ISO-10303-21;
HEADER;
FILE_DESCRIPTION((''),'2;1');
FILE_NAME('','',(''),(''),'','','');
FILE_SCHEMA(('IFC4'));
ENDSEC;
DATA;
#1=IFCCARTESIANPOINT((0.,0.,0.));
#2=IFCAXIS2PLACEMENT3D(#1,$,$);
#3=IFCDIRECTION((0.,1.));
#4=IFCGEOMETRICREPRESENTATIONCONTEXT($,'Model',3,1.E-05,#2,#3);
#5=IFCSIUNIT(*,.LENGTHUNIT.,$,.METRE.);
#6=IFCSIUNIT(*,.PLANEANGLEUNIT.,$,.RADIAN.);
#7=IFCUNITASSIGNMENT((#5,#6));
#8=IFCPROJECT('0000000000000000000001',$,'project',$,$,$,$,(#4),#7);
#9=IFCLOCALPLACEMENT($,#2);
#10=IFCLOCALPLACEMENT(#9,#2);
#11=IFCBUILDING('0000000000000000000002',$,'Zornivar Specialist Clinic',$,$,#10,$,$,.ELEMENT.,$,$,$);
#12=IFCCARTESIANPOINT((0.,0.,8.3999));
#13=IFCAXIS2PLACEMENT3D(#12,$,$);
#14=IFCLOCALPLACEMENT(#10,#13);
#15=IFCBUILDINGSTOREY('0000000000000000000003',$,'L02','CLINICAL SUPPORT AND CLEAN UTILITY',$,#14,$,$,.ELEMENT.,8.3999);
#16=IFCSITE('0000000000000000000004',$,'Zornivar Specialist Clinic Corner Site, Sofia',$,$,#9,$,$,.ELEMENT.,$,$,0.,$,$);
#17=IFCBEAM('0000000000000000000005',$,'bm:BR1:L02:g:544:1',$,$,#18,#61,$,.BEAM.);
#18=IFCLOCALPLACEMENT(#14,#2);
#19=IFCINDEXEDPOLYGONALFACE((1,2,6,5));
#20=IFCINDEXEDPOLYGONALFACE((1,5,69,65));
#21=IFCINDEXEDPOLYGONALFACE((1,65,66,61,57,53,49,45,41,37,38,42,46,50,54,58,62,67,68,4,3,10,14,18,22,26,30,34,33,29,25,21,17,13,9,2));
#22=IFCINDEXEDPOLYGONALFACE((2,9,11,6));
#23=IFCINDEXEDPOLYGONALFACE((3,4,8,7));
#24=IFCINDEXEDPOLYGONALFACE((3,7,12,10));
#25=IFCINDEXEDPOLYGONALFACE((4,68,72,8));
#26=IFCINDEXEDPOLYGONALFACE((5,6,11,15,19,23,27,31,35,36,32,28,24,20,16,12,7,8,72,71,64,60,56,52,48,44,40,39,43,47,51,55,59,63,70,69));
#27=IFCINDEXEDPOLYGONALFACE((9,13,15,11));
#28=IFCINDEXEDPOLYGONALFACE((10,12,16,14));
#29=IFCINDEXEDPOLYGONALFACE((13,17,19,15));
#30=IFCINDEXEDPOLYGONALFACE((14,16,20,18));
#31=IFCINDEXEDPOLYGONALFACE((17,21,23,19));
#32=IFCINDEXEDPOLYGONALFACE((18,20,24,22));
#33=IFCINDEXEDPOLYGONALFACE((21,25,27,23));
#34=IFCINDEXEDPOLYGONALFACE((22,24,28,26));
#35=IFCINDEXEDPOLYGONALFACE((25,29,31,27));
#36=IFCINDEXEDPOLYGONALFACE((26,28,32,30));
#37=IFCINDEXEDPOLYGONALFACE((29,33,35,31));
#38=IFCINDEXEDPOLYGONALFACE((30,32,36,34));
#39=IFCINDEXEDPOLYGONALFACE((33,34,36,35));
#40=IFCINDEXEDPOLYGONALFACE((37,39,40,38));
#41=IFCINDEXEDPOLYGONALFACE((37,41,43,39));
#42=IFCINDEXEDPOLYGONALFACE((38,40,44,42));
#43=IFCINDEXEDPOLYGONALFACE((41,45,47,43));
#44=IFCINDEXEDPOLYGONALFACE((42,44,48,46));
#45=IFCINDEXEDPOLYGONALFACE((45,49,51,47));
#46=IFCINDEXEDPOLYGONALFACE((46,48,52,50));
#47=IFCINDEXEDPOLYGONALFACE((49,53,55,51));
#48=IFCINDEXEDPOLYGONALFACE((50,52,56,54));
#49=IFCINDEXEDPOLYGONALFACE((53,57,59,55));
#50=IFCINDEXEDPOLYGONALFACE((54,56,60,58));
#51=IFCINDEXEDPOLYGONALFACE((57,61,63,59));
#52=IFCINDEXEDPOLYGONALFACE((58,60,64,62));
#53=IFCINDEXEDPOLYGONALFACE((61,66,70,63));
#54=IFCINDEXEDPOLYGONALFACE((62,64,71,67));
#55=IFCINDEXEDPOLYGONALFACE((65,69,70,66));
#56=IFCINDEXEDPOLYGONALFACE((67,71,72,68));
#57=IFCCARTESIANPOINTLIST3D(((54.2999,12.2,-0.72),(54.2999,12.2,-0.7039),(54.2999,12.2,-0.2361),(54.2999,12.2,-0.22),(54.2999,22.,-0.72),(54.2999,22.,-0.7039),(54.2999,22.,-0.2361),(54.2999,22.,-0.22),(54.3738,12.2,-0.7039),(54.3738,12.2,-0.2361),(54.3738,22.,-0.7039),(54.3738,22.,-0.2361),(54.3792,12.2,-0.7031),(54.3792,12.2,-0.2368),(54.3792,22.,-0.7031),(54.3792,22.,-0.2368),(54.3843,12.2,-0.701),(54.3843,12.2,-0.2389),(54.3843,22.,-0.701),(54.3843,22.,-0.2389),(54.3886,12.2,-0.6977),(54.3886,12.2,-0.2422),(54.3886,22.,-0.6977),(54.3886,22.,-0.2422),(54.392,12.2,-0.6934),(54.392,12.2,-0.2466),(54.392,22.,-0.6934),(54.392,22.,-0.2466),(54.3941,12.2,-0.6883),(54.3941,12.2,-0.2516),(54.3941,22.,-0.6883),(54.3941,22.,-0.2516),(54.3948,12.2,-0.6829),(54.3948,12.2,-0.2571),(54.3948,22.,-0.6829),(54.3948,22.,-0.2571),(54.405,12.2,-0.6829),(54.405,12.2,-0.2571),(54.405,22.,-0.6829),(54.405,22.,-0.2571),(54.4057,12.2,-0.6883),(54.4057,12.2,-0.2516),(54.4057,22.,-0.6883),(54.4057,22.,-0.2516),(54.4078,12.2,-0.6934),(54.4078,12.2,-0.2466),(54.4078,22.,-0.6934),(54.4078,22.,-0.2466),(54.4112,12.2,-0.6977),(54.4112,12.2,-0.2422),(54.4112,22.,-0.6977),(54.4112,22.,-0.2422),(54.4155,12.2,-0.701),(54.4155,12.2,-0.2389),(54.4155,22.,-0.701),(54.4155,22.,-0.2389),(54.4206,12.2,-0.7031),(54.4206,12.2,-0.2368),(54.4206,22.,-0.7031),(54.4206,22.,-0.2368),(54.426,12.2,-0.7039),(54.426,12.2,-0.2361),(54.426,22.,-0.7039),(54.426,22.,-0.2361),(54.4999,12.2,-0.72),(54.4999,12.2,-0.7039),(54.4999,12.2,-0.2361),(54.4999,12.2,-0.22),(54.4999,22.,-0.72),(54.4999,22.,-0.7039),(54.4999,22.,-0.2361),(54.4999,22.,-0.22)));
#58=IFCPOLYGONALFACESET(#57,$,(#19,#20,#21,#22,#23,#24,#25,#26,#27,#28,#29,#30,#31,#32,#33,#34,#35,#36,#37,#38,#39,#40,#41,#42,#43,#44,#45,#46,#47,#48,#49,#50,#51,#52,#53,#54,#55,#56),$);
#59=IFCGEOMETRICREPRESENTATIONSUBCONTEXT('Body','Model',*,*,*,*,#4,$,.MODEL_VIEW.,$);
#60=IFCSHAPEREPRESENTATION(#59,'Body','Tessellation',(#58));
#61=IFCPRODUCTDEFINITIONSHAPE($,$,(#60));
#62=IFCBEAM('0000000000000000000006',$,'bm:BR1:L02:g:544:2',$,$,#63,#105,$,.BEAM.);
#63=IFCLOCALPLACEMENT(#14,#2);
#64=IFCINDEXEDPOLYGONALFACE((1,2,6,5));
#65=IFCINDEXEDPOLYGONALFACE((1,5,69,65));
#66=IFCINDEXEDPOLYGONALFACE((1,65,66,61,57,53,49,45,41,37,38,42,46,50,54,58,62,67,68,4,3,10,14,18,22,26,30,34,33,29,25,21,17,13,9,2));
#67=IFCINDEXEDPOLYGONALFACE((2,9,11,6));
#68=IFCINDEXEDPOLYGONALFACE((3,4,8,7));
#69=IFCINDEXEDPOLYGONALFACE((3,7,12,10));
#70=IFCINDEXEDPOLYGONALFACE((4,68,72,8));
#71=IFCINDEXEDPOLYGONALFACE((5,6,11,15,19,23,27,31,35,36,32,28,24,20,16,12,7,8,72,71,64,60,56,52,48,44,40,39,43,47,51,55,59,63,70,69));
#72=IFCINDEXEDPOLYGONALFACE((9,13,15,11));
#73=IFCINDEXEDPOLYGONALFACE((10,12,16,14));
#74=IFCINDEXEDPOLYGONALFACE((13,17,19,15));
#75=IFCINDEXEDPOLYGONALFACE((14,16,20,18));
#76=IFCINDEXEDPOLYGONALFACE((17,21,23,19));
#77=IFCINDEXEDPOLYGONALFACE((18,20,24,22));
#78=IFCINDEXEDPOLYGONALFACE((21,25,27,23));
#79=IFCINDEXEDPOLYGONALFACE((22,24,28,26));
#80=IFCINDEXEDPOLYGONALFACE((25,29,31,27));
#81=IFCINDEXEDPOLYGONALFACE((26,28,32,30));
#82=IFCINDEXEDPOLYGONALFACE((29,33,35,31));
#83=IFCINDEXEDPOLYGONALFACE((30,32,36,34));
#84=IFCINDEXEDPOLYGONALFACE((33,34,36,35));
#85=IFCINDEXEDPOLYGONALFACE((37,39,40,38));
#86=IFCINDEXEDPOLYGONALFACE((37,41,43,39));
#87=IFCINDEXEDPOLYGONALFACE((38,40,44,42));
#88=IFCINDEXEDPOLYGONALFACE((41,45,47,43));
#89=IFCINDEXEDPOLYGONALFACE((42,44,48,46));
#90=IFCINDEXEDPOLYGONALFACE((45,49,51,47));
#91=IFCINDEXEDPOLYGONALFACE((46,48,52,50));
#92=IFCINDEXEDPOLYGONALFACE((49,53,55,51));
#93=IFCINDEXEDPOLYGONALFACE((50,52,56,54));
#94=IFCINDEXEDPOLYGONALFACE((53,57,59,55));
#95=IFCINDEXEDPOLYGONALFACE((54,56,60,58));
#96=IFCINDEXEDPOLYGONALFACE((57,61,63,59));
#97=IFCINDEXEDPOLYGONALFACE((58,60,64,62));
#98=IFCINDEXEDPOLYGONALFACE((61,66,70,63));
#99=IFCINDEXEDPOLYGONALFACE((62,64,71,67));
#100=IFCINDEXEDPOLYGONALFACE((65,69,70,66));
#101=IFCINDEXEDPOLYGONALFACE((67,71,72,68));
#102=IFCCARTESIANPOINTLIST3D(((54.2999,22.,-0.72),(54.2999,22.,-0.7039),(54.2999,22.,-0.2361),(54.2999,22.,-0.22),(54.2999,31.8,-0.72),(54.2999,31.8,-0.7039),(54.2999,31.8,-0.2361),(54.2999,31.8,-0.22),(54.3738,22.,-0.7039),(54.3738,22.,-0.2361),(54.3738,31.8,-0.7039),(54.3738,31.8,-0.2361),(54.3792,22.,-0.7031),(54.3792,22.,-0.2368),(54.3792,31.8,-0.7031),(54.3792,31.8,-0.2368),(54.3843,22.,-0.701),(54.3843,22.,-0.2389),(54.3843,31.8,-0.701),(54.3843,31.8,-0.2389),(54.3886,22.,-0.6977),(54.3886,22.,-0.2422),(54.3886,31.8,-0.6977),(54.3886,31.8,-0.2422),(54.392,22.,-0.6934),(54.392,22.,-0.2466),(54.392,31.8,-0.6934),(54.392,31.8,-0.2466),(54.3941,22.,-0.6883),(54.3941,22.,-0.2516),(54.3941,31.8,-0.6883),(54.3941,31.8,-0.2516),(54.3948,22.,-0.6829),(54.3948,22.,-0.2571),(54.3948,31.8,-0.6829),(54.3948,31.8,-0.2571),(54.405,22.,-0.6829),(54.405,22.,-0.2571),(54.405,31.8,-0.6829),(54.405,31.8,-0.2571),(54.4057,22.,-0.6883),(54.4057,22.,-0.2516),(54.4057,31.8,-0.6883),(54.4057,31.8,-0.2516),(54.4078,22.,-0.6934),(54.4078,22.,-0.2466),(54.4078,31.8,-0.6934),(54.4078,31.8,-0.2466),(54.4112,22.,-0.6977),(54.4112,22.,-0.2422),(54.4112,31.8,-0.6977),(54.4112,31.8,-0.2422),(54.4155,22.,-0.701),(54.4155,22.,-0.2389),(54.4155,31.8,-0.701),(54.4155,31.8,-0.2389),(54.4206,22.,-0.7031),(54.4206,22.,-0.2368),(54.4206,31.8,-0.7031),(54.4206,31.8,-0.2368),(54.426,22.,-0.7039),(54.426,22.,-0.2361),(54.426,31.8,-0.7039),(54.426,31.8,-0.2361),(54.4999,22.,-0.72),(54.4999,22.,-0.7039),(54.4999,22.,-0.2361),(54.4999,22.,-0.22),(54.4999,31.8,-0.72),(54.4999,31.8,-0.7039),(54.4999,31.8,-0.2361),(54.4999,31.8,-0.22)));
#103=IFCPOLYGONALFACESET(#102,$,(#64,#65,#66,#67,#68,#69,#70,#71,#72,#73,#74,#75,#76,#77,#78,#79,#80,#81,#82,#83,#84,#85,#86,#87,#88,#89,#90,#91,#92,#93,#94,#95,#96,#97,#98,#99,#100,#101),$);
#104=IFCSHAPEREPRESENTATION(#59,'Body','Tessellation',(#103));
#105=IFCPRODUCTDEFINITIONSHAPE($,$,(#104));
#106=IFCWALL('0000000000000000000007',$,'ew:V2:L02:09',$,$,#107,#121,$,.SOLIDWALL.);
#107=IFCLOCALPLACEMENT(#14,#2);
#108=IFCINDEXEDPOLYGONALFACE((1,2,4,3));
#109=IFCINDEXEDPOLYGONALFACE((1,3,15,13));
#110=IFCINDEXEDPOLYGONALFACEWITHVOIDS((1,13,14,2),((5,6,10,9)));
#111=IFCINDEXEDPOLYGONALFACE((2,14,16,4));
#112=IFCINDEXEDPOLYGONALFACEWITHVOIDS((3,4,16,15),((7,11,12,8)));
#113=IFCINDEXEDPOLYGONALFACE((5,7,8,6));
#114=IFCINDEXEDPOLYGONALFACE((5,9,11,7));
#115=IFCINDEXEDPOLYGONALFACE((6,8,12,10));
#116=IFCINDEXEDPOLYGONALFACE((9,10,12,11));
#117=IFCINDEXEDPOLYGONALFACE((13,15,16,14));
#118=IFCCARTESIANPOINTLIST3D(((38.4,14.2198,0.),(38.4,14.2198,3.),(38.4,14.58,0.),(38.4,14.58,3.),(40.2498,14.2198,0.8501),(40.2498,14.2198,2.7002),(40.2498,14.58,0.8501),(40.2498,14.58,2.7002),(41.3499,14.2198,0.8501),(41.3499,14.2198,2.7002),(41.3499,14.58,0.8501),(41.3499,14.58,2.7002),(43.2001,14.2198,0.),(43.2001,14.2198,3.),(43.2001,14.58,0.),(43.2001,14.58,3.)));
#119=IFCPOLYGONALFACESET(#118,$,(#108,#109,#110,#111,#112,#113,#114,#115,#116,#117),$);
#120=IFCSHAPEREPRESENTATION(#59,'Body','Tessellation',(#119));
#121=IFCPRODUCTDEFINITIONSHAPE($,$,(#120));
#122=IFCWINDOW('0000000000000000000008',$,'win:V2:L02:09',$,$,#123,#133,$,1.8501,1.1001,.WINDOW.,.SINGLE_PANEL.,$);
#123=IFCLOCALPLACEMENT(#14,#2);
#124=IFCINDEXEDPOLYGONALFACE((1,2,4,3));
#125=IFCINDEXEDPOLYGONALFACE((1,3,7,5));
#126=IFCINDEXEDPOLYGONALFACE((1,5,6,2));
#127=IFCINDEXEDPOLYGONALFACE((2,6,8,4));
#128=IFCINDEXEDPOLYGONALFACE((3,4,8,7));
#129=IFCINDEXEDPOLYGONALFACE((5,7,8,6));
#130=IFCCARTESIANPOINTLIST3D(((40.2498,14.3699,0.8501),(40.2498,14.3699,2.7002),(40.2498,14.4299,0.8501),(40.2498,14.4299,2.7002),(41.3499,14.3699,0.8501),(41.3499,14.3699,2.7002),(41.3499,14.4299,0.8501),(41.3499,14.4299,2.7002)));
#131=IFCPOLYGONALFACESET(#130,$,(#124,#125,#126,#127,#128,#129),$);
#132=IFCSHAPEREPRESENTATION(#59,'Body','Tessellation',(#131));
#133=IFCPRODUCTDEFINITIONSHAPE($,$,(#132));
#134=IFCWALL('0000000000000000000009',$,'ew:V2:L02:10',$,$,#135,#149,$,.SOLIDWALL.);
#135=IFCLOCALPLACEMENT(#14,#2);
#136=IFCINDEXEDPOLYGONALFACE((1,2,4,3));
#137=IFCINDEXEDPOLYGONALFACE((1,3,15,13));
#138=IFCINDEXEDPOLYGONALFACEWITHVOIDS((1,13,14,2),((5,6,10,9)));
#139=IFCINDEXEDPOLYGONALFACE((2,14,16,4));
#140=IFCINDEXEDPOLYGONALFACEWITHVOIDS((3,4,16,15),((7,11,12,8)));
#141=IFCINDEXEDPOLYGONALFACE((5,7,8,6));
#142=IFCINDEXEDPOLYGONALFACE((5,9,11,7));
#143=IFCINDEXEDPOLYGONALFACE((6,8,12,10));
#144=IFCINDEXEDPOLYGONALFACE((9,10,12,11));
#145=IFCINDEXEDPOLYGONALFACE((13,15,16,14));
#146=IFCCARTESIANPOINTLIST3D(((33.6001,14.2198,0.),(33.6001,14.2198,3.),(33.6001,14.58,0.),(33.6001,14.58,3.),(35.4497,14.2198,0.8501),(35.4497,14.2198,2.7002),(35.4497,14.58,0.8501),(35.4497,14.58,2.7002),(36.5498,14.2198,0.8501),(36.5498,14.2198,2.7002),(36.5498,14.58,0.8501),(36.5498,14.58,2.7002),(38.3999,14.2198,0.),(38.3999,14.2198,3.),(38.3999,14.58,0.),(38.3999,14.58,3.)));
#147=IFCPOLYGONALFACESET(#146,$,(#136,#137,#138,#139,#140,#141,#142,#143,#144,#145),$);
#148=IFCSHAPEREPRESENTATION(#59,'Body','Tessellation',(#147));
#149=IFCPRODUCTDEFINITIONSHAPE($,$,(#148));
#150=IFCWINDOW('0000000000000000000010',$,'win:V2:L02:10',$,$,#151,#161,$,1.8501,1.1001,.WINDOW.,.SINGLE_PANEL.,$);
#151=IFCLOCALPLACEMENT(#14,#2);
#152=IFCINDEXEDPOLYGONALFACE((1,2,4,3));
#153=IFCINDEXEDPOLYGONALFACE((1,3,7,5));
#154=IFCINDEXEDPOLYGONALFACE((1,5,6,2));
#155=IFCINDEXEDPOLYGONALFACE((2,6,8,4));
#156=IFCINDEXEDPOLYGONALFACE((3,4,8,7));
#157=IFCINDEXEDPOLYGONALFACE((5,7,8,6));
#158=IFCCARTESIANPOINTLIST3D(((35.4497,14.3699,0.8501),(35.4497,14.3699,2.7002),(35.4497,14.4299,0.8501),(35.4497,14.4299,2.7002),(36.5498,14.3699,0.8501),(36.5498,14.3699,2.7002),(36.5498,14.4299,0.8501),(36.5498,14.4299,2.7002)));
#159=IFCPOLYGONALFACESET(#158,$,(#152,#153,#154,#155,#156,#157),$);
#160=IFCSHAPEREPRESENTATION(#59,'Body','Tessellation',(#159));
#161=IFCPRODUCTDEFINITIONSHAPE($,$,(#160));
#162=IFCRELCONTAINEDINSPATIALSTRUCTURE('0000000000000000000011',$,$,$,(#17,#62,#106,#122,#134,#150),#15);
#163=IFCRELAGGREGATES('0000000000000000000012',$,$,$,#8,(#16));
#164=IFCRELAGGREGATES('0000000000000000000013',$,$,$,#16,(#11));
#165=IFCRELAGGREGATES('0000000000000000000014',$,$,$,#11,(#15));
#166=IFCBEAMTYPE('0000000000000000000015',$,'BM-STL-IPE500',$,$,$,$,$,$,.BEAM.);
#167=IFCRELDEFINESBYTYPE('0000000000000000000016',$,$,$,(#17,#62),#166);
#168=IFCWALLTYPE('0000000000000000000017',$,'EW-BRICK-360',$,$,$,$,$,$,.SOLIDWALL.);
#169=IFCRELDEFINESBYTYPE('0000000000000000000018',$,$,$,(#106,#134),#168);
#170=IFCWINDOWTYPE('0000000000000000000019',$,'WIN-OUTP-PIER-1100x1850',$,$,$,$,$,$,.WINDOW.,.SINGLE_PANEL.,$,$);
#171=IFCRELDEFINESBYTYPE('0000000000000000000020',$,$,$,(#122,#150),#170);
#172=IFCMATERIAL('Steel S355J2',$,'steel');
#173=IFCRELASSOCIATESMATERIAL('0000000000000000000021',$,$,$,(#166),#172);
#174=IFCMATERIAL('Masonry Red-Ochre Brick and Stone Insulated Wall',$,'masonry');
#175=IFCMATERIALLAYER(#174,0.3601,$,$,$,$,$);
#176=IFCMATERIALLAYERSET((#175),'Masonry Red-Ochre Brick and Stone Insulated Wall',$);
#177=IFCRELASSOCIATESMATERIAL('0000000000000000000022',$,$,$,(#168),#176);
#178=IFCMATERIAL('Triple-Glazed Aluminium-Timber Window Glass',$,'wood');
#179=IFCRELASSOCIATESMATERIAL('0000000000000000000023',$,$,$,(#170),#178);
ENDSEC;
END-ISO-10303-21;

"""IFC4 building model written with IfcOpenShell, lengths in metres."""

from ifc_helpers import new_model, si_unit, direction, frame, frame_2d, origin, origin_2d, place, context, subcontext, project, spatial, rectangle, i_section, extrude, material, layer, layer_set, material_profile, profile_set, type_object, element, fill, save


model = new_model("IFC4")

# Units and contexts
model_context = context("Model", 3, precision=1e-05, world=origin(), true_north=direction((0.0, 1.0)))
body_context = subcontext(model_context, "Body", "Model", "MODEL_VIEW")
ifc_project = project(units=[si_unit("LENGTHUNIT", "METRE"), si_unit("PLANEANGLEUNIT", "RADIAN")], contexts=[model_context])

# Site, building, storey
site_placement = place(None, origin())
site = spatial("IfcSite", under=ifc_project, at=site_placement, Name="Zornivar Specialist Clinic Corner Site, Sofia", CompositionType="ELEMENT", RefElevation=0.0)
building_placement = place(site_placement, origin())
building = spatial("IfcBuilding", under=site, at=building_placement, Name="Zornivar Specialist Clinic", CompositionType="ELEMENT")
storey_placement = place(building_placement, frame((0.0, 0.0, 8.3999)))
storey = spatial("IfcBuildingStorey", under=building, at=storey_placement, Name="L02", Description="CLINICAL SUPPORT AND CLEAN UTILITY", CompositionType="ELEMENT", Elevation=8.3999)

# Beams
ifc_material_1 = material(Name="Steel S355J2", Category="steel")
ifc_material_profile_1 = material_profile(ifc_material_1, i_section(OverallWidth=0.2, OverallDepth=0.5, WebThickness=0.0103, FlangeThickness=0.0161, FilletRadius=0.021, at=origin_2d()), Name="IPE 500")
ifc_profile_set_1 = profile_set([ifc_material_profile_1], Name="Steel S355J2")
beam_type_1 = type_object("IfcBeamType", Name="BM-STL-IPE500", PredefinedType="BEAM", material=ifc_profile_set_1)
for number, where, z_axis, x_axis, name in (
    (1, (54.3999, 12.2, -0.47), (0.0, 1.0, 0.0), (-1.0, 0.0, 0.0), "bm:BR1:L02:g:544:1"),
    (2, (54.3999, 22.0, -0.47), (0.0, 1.0, 0.0), (-1.0, 0.0, 0.0), "bm:BR1:L02:g:544:2"),
):
    element("IfcBeam", number, at=place(storey_placement, frame(where, z_axis=z_axis, x_axis=x_axis)), inside=storey, type_object=beam_type_1, Name=name, PredefinedType="BEAM", context=body_context, shape_type="SweptSolid", body=[
        extrude(i_section(OverallWidth=0.2, OverallDepth=0.5, WebThickness=0.0103, FlangeThickness=0.0161, FilletRadius=0.021, at=origin_2d()), origin(), (0.0, 0.0, 1.0), 9.8),
    ])

# Walls, openings, windows
ifc_material_2 = material(Name="Masonry Red-Ochre Brick and Stone Insulated Wall", Category="masonry")
ifc_layer_1 = layer(ifc_material_2, 0.3601)
ifc_layer_set_1 = layer_set([ifc_layer_1], Name="Masonry Red-Ochre Brick and Stone Insulated Wall")
wall_type_1 = type_object("IfcWallType", Name="EW-BRICK-360", PredefinedType="SOLIDWALL", material=ifc_layer_set_1)
wall_1_placement = place(storey_placement, frame((43.2, 14.3999, 0.0), z_axis=(0.0, 0.0, 1.0), x_axis=(-1.0, 0.0, 0.0)))
wall_1 = element("IfcWall", 3, at=wall_1_placement, inside=storey, type_object=wall_type_1, Name="ew:V2:L02:09", PredefinedType="SOLIDWALL", context=body_context, shape_type="SweptSolid", body=[
    extrude(rectangle(XDim=4.8, YDim=0.3601, at=frame_2d((2.3999, 0.0))), origin(), (0.0, 0.0, 1.0), 3.0),
])
opening_1_placement = place(wall_1_placement, frame((1.8501, 0.0, 0.8501)))
opening_1 = element("IfcOpeningElement", 4, at=opening_1_placement, cuts=wall_1, PredefinedType="OPENING", context=body_context, shape_type="SweptSolid", body=[
    extrude(rectangle(XDim=1.1001, YDim=1.8501, at=frame_2d((0.55, 0.925))), frame((0.0, 0.1899, 0.0), z_axis=(0.0, -1.0, 0.0), x_axis=(1.0, 0.0, 0.0)), (0.0, 0.0, 1.0), 0.3801),
])
ifc_material_3 = material(Name="Triple-Glazed Aluminium-Timber Window Glass", Category="wood")
window_type_1 = type_object("IfcWindowType", Name="WIN-OUTP-PIER-1100x1850", PartitioningType="SINGLE_PANEL", PredefinedType="WINDOW", material=ifc_material_3)
window_1_placement = place(opening_1_placement, origin())
window_1 = element("IfcWindow", 5, at=window_1_placement, inside=storey, type_object=window_type_1, Name="win:V2:L02:09", OverallHeight=1.8501, OverallWidth=1.1001, PartitioningType="SINGLE_PANEL", PredefinedType="WINDOW", context=body_context, shape_type="SweptSolid", body=[
    extrude(rectangle(XDim=1.1001, YDim=1.8501, at=frame_2d((0.55, 0.925))), frame((0.0, 0.03, 0.0), z_axis=(0.0, -1.0, 0.0), x_axis=(1.0, 0.0, 0.0)), (0.0, 0.0, 1.0), 0.0601),
])
fill(opening_1, window_1)
wall_2_placement = place(storey_placement, frame((38.3999, 14.3999, 0.0), z_axis=(0.0, 0.0, 1.0), x_axis=(-1.0, 0.0, 0.0)))
wall_2 = element("IfcWall", 6, at=wall_2_placement, inside=storey, type_object=wall_type_1, Name="ew:V2:L02:10", PredefinedType="SOLIDWALL", context=body_context, shape_type="SweptSolid", body=[
    extrude(rectangle(XDim=4.7998, YDim=0.3601, at=frame_2d((2.3999, 0.0))), origin(), (0.0, 0.0, 1.0), 3.0),
])
opening_2_placement = place(wall_2_placement, frame((1.8501, 0.0, 0.8501)))
opening_2 = element("IfcOpeningElement", 7, at=opening_2_placement, cuts=wall_2, PredefinedType="OPENING", context=body_context, shape_type="SweptSolid", body=[
    extrude(rectangle(XDim=1.1001, YDim=1.8501, at=frame_2d((0.55, 0.925))), frame((0.0, 0.1899, 0.0), z_axis=(0.0, -1.0, 0.0), x_axis=(1.0, 0.0, 0.0)), (0.0, 0.0, 1.0), 0.3801),
])
window_2_placement = place(opening_2_placement, origin())
window_2 = element("IfcWindow", 8, at=window_2_placement, inside=storey, type_object=window_type_1, Name="win:V2:L02:10", OverallHeight=1.8501, OverallWidth=1.1001, PartitioningType="SINGLE_PANEL", PredefinedType="WINDOW", context=body_context, shape_type="SweptSolid", body=[
    extrude(rectangle(XDim=1.1001, YDim=1.8501, at=frame_2d((0.55, 0.925))), frame((0.0, 0.03, 0.0), z_axis=(0.0, -1.0, 0.0), x_axis=(1.0, 0.0, 0.0)), (0.0, 0.0, 1.0), 0.0601),
])
fill(opening_2, window_2)

save(model, "model.ifc")
